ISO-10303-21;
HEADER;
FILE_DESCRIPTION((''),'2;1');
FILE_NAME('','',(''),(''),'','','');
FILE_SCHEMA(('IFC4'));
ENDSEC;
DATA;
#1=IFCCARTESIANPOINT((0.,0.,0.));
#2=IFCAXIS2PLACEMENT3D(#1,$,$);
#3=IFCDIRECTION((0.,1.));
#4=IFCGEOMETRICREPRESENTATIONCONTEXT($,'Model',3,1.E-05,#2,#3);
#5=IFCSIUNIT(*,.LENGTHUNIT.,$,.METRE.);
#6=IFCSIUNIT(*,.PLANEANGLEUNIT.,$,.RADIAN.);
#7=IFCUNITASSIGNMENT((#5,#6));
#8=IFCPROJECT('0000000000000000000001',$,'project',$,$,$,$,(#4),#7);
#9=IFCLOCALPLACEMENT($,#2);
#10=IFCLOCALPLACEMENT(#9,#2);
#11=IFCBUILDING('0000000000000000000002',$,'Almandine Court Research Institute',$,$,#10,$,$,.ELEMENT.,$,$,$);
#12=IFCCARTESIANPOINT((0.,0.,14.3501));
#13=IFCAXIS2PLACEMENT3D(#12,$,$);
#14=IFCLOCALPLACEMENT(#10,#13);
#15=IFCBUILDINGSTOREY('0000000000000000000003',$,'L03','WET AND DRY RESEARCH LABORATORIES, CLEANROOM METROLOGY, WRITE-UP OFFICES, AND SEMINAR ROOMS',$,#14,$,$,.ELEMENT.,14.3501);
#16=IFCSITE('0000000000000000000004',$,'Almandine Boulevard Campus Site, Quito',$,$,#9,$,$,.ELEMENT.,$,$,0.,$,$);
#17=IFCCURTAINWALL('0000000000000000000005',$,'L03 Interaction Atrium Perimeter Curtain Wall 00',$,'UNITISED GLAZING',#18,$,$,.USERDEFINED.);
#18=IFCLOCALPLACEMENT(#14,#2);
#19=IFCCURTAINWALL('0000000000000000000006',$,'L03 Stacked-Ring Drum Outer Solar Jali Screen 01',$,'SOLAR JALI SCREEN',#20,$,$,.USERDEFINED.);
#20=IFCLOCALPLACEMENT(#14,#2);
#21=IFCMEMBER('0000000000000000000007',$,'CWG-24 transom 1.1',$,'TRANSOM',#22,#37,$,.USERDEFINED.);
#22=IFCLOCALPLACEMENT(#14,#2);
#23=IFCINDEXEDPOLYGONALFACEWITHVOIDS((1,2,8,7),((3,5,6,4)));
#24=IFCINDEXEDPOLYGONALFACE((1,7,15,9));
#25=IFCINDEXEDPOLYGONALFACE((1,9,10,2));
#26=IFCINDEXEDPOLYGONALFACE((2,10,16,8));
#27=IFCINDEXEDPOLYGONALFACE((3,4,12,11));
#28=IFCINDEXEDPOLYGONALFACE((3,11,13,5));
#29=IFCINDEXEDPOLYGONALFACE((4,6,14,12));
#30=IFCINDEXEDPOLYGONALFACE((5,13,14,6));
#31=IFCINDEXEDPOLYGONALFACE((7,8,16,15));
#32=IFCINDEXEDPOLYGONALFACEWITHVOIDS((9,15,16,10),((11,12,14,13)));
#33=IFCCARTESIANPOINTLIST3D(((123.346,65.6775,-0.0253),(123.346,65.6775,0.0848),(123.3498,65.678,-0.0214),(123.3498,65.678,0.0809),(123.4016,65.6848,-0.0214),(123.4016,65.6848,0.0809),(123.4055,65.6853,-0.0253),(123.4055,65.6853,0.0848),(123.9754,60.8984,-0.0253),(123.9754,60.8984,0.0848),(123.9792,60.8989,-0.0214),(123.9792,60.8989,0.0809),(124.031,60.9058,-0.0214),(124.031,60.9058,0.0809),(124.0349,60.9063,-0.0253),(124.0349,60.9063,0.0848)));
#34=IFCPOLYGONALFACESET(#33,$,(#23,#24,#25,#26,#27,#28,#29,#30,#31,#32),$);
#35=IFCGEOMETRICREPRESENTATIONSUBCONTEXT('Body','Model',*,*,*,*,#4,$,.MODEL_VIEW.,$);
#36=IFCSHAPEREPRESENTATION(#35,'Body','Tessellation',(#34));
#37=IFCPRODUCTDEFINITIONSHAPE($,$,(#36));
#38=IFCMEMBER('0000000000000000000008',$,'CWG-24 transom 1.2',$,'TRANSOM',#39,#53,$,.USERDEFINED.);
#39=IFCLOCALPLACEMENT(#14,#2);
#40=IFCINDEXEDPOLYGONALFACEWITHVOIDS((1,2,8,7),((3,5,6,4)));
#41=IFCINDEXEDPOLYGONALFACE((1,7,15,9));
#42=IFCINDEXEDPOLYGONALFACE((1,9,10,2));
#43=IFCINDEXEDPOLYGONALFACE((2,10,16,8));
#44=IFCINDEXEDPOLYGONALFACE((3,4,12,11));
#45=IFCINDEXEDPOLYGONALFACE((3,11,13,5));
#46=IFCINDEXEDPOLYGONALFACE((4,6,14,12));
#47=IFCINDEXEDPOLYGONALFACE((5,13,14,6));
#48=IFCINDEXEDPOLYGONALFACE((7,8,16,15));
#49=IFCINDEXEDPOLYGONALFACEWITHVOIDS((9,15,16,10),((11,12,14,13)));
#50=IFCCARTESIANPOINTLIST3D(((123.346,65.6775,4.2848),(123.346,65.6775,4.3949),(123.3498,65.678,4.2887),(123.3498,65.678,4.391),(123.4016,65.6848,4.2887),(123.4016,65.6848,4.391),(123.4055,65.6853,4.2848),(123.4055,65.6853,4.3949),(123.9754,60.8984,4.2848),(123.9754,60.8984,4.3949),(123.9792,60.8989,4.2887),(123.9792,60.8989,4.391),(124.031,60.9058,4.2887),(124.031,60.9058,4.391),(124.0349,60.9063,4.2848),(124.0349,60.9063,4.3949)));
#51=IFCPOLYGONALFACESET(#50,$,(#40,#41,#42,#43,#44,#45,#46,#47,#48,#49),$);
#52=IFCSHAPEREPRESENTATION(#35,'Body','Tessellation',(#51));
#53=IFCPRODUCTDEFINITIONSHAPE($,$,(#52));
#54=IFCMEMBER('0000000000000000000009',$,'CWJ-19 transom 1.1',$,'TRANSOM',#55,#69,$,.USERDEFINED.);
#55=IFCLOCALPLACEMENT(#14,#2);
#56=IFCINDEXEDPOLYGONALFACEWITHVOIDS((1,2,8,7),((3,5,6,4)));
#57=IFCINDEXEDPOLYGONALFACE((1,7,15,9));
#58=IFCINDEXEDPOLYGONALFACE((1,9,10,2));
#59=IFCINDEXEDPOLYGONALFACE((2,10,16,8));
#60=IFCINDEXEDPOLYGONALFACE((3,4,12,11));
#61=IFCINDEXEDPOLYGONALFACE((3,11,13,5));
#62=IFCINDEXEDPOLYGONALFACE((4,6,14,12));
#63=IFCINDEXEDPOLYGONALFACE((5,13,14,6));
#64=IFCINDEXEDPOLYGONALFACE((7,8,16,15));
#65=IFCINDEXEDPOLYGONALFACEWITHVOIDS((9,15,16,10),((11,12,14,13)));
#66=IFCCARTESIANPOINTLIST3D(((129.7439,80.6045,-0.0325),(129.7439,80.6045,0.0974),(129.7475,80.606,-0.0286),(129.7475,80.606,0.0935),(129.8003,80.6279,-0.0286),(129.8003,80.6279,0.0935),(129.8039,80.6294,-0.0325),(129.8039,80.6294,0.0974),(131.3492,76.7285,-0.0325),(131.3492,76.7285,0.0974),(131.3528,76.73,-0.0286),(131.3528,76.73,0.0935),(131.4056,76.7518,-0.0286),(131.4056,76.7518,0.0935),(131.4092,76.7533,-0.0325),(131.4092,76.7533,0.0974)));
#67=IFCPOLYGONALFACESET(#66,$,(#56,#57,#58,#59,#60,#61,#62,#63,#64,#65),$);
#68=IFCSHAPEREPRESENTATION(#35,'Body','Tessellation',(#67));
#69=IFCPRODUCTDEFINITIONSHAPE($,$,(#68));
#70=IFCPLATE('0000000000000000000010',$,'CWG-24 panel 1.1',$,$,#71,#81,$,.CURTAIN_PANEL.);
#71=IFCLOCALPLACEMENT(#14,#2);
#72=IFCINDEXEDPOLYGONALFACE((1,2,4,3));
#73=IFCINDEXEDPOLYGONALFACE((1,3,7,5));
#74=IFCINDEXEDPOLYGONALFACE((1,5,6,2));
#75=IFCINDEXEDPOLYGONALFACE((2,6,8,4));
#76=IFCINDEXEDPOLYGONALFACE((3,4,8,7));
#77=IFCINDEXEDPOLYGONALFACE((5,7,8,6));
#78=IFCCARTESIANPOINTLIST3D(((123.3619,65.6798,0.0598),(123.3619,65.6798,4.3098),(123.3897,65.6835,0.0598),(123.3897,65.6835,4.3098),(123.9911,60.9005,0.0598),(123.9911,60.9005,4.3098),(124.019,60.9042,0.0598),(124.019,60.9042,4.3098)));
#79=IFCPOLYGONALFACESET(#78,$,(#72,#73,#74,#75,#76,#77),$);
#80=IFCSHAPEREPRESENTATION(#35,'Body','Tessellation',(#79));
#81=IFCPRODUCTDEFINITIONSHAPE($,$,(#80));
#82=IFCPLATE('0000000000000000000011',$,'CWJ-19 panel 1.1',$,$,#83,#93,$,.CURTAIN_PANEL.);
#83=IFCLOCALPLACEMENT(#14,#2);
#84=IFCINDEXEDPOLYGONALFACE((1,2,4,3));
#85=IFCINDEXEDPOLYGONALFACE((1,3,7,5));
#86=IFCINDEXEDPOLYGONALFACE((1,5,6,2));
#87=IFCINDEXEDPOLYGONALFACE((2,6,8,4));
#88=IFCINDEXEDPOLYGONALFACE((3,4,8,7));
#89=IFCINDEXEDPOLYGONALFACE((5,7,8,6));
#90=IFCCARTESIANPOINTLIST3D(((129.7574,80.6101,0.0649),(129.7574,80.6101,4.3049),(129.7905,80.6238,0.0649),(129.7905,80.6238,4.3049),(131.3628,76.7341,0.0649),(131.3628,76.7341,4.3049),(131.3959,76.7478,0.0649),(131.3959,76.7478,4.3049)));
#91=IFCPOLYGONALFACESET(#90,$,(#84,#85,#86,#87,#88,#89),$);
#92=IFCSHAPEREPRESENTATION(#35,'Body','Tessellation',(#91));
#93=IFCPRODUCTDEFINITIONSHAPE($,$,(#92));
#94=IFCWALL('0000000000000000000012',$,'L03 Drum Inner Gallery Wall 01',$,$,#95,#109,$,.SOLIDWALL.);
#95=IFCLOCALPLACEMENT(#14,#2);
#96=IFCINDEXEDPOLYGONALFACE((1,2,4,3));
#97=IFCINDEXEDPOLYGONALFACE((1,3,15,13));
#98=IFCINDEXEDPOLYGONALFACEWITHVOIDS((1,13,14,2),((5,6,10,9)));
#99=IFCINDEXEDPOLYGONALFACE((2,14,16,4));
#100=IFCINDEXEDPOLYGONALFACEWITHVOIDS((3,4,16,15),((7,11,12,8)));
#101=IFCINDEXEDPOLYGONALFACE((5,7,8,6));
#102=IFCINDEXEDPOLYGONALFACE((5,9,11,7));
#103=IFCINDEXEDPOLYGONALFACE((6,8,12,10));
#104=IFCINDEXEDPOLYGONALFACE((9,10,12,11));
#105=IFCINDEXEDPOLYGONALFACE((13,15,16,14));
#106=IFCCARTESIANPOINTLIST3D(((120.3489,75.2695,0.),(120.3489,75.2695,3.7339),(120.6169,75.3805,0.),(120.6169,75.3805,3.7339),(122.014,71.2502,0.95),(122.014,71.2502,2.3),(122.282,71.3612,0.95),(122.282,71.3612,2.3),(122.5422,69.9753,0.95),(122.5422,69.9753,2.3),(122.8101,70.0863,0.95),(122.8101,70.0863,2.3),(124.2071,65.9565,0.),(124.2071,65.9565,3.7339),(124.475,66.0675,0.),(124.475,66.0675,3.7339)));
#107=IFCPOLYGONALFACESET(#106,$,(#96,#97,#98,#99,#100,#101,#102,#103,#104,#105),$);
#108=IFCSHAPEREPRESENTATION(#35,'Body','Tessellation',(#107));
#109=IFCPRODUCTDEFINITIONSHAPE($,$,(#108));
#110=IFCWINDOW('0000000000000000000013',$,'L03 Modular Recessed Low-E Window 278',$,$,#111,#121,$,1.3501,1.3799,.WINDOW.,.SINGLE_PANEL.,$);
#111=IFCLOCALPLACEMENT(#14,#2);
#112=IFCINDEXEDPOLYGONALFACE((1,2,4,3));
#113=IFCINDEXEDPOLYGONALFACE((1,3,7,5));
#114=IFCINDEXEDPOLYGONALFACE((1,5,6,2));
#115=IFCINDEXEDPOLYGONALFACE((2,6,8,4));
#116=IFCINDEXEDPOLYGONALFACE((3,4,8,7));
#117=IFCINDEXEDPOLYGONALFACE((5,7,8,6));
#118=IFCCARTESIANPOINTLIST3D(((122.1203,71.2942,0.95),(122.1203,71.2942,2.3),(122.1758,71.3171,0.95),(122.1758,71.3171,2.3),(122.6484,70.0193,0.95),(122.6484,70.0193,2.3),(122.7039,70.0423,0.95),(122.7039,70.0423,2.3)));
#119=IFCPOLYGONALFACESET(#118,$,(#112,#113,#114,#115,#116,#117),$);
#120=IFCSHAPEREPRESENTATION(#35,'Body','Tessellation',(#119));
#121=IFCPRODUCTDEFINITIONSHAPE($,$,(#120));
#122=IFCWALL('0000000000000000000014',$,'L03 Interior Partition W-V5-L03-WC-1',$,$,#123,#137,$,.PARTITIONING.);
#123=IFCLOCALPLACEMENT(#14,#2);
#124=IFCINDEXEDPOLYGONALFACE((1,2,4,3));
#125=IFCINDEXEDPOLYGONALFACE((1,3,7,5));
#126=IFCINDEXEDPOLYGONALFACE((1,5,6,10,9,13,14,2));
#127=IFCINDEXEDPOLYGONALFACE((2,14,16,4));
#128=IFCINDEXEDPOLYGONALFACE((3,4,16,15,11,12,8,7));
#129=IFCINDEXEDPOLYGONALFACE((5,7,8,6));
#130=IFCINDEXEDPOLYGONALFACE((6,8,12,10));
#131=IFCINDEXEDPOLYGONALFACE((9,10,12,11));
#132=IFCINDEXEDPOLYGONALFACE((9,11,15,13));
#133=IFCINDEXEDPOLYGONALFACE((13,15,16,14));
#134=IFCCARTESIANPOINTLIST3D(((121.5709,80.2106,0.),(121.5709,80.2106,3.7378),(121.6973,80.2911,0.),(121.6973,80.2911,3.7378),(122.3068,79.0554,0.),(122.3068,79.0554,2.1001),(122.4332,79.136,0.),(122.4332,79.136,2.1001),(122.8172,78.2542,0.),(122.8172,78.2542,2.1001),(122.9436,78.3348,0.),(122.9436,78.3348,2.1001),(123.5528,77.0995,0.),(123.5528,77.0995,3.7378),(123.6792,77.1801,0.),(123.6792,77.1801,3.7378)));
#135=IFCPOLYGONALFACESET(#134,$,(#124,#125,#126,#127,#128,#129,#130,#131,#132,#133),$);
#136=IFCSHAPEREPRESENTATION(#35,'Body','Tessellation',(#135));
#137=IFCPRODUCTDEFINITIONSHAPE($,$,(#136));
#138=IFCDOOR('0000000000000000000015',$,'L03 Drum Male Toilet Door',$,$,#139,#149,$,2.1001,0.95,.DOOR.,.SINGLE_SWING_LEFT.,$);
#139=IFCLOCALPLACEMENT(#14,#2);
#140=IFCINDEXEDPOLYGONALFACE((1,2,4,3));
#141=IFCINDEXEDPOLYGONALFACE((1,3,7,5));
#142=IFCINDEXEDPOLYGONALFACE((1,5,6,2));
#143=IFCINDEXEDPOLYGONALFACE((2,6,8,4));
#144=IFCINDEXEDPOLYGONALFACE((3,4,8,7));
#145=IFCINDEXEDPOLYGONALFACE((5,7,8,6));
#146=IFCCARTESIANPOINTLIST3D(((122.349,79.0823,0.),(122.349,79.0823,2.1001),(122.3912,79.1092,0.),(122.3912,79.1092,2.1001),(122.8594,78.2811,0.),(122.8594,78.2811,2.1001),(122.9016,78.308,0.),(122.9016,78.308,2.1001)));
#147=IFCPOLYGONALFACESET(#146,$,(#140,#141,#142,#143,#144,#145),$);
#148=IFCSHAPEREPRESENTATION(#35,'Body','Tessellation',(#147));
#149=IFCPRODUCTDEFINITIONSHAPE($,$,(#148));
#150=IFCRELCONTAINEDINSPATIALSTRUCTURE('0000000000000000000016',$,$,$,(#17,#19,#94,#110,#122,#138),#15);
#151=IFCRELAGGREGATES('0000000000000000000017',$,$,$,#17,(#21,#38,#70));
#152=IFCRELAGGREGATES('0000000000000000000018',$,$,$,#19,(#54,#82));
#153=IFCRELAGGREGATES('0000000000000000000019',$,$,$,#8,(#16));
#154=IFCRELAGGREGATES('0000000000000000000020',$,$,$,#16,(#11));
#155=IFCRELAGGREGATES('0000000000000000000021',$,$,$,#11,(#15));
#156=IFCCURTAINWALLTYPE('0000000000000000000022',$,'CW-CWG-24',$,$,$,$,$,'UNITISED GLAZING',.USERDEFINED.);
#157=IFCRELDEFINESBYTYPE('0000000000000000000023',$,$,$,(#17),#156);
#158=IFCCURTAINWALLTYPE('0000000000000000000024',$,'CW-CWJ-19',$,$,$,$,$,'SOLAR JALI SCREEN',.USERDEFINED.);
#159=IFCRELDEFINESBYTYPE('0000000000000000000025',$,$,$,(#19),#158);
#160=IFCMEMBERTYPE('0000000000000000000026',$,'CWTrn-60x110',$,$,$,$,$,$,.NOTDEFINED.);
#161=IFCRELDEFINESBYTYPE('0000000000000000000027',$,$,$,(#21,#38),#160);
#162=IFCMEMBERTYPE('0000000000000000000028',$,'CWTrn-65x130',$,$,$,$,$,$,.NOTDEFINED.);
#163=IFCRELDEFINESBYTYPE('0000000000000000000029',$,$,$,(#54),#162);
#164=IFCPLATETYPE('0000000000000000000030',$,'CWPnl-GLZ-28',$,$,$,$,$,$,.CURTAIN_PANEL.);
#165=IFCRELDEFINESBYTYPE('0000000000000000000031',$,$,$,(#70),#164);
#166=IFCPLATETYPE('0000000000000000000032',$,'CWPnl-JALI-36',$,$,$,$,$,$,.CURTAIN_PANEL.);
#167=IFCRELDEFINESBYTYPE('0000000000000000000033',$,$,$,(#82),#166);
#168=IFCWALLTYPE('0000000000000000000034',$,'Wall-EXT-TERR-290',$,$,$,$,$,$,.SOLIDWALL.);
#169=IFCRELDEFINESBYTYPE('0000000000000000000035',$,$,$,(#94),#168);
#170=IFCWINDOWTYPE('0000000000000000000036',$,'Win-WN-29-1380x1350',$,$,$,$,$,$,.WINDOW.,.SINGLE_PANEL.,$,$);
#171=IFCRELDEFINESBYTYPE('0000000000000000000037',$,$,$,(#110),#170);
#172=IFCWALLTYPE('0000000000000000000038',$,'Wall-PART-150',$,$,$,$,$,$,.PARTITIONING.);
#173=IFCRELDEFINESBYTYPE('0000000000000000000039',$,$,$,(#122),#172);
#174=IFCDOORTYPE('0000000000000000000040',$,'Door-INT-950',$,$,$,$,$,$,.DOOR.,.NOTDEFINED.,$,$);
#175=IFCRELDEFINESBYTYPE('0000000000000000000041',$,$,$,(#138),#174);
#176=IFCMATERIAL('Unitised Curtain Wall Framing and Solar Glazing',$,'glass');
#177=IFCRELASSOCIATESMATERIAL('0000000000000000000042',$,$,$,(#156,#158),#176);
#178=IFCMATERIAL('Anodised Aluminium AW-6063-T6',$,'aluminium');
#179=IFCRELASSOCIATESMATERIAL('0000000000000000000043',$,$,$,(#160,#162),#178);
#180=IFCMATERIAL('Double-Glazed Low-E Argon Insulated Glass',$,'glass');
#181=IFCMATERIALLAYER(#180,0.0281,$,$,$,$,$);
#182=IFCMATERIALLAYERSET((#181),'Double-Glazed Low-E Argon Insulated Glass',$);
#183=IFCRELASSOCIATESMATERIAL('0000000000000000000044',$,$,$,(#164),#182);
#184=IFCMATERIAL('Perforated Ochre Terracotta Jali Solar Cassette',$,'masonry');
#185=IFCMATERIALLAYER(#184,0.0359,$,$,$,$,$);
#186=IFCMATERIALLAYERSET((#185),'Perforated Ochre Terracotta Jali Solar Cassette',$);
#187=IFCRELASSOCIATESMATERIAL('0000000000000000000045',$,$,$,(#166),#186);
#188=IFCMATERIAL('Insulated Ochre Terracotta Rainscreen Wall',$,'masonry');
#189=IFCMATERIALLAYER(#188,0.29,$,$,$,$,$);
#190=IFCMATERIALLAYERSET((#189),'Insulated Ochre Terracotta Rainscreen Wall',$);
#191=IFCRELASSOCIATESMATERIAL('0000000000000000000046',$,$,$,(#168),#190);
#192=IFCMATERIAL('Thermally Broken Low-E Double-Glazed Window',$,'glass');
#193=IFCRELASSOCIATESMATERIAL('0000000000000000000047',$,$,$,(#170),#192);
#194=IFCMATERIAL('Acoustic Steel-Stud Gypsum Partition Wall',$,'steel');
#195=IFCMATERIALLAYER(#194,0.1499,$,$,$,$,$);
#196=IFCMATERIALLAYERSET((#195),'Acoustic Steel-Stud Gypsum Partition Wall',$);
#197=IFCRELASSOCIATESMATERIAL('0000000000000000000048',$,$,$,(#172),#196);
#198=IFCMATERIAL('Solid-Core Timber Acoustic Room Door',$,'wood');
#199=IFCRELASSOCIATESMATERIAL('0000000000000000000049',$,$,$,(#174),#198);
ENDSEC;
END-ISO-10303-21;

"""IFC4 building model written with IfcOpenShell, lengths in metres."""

from ifc_helpers import new_model, si_unit, direction, frame, frame_2d, origin, origin_2d, place, context, subcontext, project, spatial, rectangle, hollow_rectangle, extrude, material, layer, layer_set, material_profile, profile_set, type_object, element, fill, aggregate, save


model = new_model("IFC4")

# Units and contexts
model_context = context("Model", 3, precision=1e-05, world=origin(), true_north=direction((0.0, 1.0)))
body_context = subcontext(model_context, "Body", "Model", "MODEL_VIEW")
ifc_project = project(units=[si_unit("LENGTHUNIT", "METRE"), si_unit("PLANEANGLEUNIT", "RADIAN")], contexts=[model_context])

# Site, building, storey
site_placement = place(None, origin())
site = spatial("IfcSite", under=ifc_project, at=site_placement, Name="Almandine Boulevard Campus Site, Quito", CompositionType="ELEMENT", RefElevation=0.0)
building_placement = place(site_placement, origin())
building = spatial("IfcBuilding", under=site, at=building_placement, Name="Almandine Court Research Institute", CompositionType="ELEMENT")
storey_placement = place(building_placement, frame((0.0, 0.0, 14.3501)))
storey = spatial("IfcBuildingStorey", under=building, at=storey_placement, Name="L03", Description="WET AND DRY RESEARCH LABORATORIES, CLEANROOM METROLOGY, WRITE-UP OFFICES, AND SEMINAR ROOMS", CompositionType="ELEMENT", Elevation=14.3501)

# Curtain walls
ifc_material_1 = material(Name="Unitised Curtain Wall Framing and Solar Glazing", Category="glass")
curtain_wall_type_1 = type_object("IfcCurtainWallType", Name="CW-CWG-24", ElementType="UNITISED GLAZING", PredefinedType="USERDEFINED", material=ifc_material_1)
curtain_wall_1_placement = place(storey_placement, origin())
curtain_wall_1 = element("IfcCurtainWall", 1, at=curtain_wall_1_placement, inside=storey, type_object=curtain_wall_type_1, Name="L03 Interaction Atrium Perimeter Curtain Wall 00", ObjectType="UNITISED GLAZING", PredefinedType="USERDEFINED")
ifc_material_2 = material(Name="Anodised Aluminium AW-6063-T6", Category="aluminium")
curtain_wall_type_2 = type_object("IfcCurtainWallType", Name="CW-CWJ-19", ElementType="SOLAR JALI SCREEN", PredefinedType="USERDEFINED", material=ifc_material_1)
curtain_wall_2_placement = place(storey_placement, origin())
curtain_wall_2 = element("IfcCurtainWall", 2, at=curtain_wall_2_placement, inside=storey, type_object=curtain_wall_type_2, Name="L03 Stacked-Ring Drum Outer Solar Jali Screen 01", ObjectType="SOLAR JALI SCREEN", PredefinedType="USERDEFINED")

# Members
ifc_material_profile_1 = material_profile(ifc_material_2, hollow_rectangle(XDim=0.0601, YDim=0.1101, WallThickness=0.0039, at=origin_2d()), Name="ALU RHS 60x110x4")
ifc_profile_set_1 = profile_set([ifc_material_profile_1], Name="Anodised Aluminium AW-6063-T6")
member_type_1 = type_object("IfcMemberType", Name="CWTrn-60x110", PredefinedType="NOTDEFINED", material=ifc_profile_set_1)
member_1_placement = place(storey_placement, frame((123.3757, 65.6814, 0.0298), z_axis=(0.130571, -0.991439, 0.0), x_axis=(0.991439, 0.130571, 0.0)))
member_1 = element("IfcMember", 3, at=member_1_placement, type_object=member_type_1, Name="CWG-24 transom 1.1", ObjectType="TRANSOM", PredefinedType="USERDEFINED", context=body_context, shape_type="SweptSolid", body=[
    extrude(hollow_rectangle(XDim=0.0601, YDim=0.1101, WallThickness=0.0039, at=origin_2d()), origin(), (0.0, 0.0, 1.0), 4.8203),
])
member_2_placement = place(storey_placement, frame((123.3757, 65.6814, 4.3398), z_axis=(0.130571, -0.991439, 0.0), x_axis=(0.991439, 0.130571, 0.0)))
member_2 = element("IfcMember", 4, at=member_2_placement, type_object=member_type_1, Name="CWG-24 transom 1.2", ObjectType="TRANSOM", PredefinedType="USERDEFINED", context=body_context, shape_type="SweptSolid", body=[
    extrude(hollow_rectangle(XDim=0.0601, YDim=0.1101, WallThickness=0.0039, at=origin_2d()), origin(), (0.0, 0.0, 1.0), 4.8203),
])
ifc_material_profile_2 = material_profile(ifc_material_2, hollow_rectangle(XDim=0.0649, YDim=0.1299, WallThickness=0.0039, at=origin_2d()), Name="ALU RHS 65x130x4")
ifc_profile_set_2 = profile_set([ifc_material_profile_2], Name="Anodised Aluminium AW-6063-T6")
member_type_2 = type_object("IfcMemberType", Name="CWTrn-65x130", PredefinedType="NOTDEFINED", material=ifc_profile_set_2)
member_3_placement = place(storey_placement, frame((129.7739, 80.6169, 0.0325), z_axis=(0.382631, -0.923901, 0.0), x_axis=(0.923901, 0.382631, 0.0)))
member_3 = element("IfcMember", 5, at=member_3_placement, type_object=member_type_2, Name="CWJ-19 transom 1.1", ObjectType="TRANSOM", PredefinedType="USERDEFINED", context=body_context, shape_type="SweptSolid", body=[
    extrude(hollow_rectangle(XDim=0.0649, YDim=0.1299, WallThickness=0.0039, at=origin_2d()), origin(), (0.0, 0.0, 1.0), 4.1953),
])

# Plates
ifc_material_3 = material(Name="Double-Glazed Low-E Argon Insulated Glass", Category="glass")
ifc_layer_1 = layer(ifc_material_3, 0.0281)
ifc_layer_set_1 = layer_set([ifc_layer_1], Name="Double-Glazed Low-E Argon Insulated Glass")
plate_type_1 = type_object("IfcPlateType", Name="CWPnl-GLZ-28", PredefinedType="CURTAIN_PANEL", material=ifc_layer_set_1)
plate_1_placement = place(storey_placement, frame((123.6904, 63.292, 0.0598), z_axis=(0.0, 0.0, 1.0), x_axis=(0.130536, -0.991444, 0.0)))
plate_1 = element("IfcPlate", 6, at=plate_1_placement, type_object=plate_type_1, Name="CWG-24 panel 1.1", PredefinedType="CURTAIN_PANEL", context=body_context, shape_type="SweptSolid", body=[
    extrude(rectangle(XDim=4.8206, YDim=0.0281, at=origin_2d()), origin(), (0.0, 0.0, 1.0), 4.25),
])
aggregate(curtain_wall_1, [member_1, member_2, plate_1])
ifc_material_4 = material(Name="Perforated Ochre Terracotta Jali Solar Cassette", Category="masonry")
ifc_layer_2 = layer(ifc_material_4, 0.0359)
ifc_layer_set_2 = layer_set([ifc_layer_2], Name="Perforated Ochre Terracotta Jali Solar Cassette")
plate_type_2 = type_object("IfcPlateType", Name="CWPnl-JALI-36", PredefinedType="CURTAIN_PANEL", material=ifc_layer_set_2)
plate_2_placement = place(storey_placement, frame((130.5767, 78.679, 0.0649), z_axis=(0.0, 0.0, 1.0), x_axis=(0.382663, -0.923888, 0.0)))
plate_2 = element("IfcPlate", 7, at=plate_2_placement, type_object=plate_type_2, Name="CWJ-19 panel 1.1", PredefinedType="CURTAIN_PANEL", context=body_context, shape_type="SweptSolid", body=[
    extrude(rectangle(XDim=4.1953, YDim=0.0359, at=origin_2d()), origin(), (0.0, 0.0, 1.0), 4.24),
])
aggregate(curtain_wall_2, [member_3, plate_2])

# Wall, opening, window
ifc_material_5 = material(Name="Insulated Ochre Terracotta Rainscreen Wall", Category="masonry")
ifc_layer_3 = layer(ifc_material_5, 0.29)
ifc_layer_set_3 = layer_set([ifc_layer_3], Name="Insulated Ochre Terracotta Rainscreen Wall")
wall_type_1 = type_object("IfcWallType", Name="Wall-EXT-TERR-290", PredefinedType="SOLIDWALL", material=ifc_layer_set_3)
wall_1_placement = place(storey_placement, frame((124.3411, 66.012, 0.0), z_axis=(0.0, 0.0, 1.0), x_axis=(-0.382733, 0.923859, 0.0)))
wall_1 = element("IfcWall", 8, at=wall_1_placement, inside=storey, type_object=wall_type_1, Name="L03 Drum Inner Gallery Wall 01", PredefinedType="SOLIDWALL", context=body_context, shape_type="SweptSolid", body=[
    extrude(rectangle(XDim=10.0806, YDim=0.29, at=frame_2d((5.0403, 0.0))), origin(), (0.0, 0.0, 1.0), 3.7339),
])
opening_1_placement = place(wall_1_placement, frame((4.3501, 0.0, 0.95)))
opening_1 = element("IfcOpeningElement", 9, at=opening_1_placement, cuts=wall_1, PredefinedType="OPENING", context=body_context, shape_type="SweptSolid", body=[
    extrude(rectangle(XDim=1.3799, YDim=1.3501, at=frame_2d((0.6899, 0.675))), frame((0.0, 0.155, 0.0), z_axis=(0.0, -1.0, 0.0), x_axis=(1.0, 0.0, 0.0)), (0.0, 0.0, 1.0), 0.3101),
])
ifc_material_6 = material(Name="Thermally Broken Low-E Double-Glazed Window", Category="glass")
window_type = type_object("IfcWindowType", Name="Win-WN-29-1380x1350", PartitioningType="SINGLE_PANEL", PredefinedType="WINDOW", material=ifc_material_6)
window_placement = place(opening_1_placement, origin())
window = element("IfcWindow", 10, at=window_placement, inside=storey, type_object=window_type, Name="L03 Modular Recessed Low-E Window 278", OverallHeight=1.3501, OverallWidth=1.3799, PartitioningType="SINGLE_PANEL", PredefinedType="WINDOW", context=body_context, shape_type="SweptSolid", body=[
    extrude(rectangle(XDim=1.3799, YDim=1.3501, at=frame_2d((0.6899, 0.675))), frame((0.0, 0.03, 0.0), z_axis=(0.0, -1.0, 0.0), x_axis=(1.0, 0.0, 0.0)), (0.0, 0.0, 1.0), 0.0601),
])
fill(opening_1, window)

# Wall, opening, door
ifc_material_7 = material(Name="Acoustic Steel-Stud Gypsum Partition Wall", Category="steel")
ifc_layer_4 = layer(ifc_material_7, 0.1499)
ifc_layer_set_4 = layer_set([ifc_layer_4], Name="Acoustic Steel-Stud Gypsum Partition Wall")
wall_type_2 = type_object("IfcWallType", Name="Wall-PART-150", PredefinedType="PARTITIONING", material=ifc_layer_set_4)
wall_2_placement = place(storey_placement, frame((123.616, 77.1399, 0.0), z_axis=(0.0, 0.0, 1.0), x_axis=(-0.537291, 0.843397, 0.0)))
wall_2 = element("IfcWall", 11, at=wall_2_placement, inside=storey, type_object=wall_type_2, Name="L03 Interior Partition W-V5-L03-WC-1", PredefinedType="PARTITIONING", context=body_context, shape_type="SweptSolid", body=[
    extrude(rectangle(XDim=3.6887, YDim=0.1499, at=frame_2d((1.8442, 0.0))), origin(), (0.0, 0.0, 1.0), 3.7378),
])
opening_2_placement = place(wall_2_placement, frame((1.3689, 0.0, 0.0)))
opening_2 = element("IfcOpeningElement", 12, at=opening_2_placement, cuts=wall_2, PredefinedType="OPENING", context=body_context, shape_type="SweptSolid", body=[
    extrude(rectangle(XDim=0.95, YDim=2.1001, at=frame_2d((0.4751, 1.05))), frame((0.0, 0.085, 0.0), z_axis=(0.0, -1.0, 0.0), x_axis=(1.0, 0.0, 0.0)), (0.0, 0.0, 1.0), 0.1699),
])
ifc_material_8 = material(Name="Solid-Core Timber Acoustic Room Door", Category="wood")
door_type_1 = type_object("IfcDoorType", Name="Door-INT-950", OperationType="NOTDEFINED", PredefinedType="DOOR", material=ifc_material_8)
door_1_placement = place(opening_2_placement, origin())
door_1 = element("IfcDoor", 13, at=door_1_placement, inside=storey, type_object=door_type_1, Name="L03 Drum Male Toilet Door", OperationType="SINGLE_SWING_LEFT", OverallHeight=2.1001, OverallWidth=0.95, PredefinedType="DOOR", context=body_context, shape_type="SweptSolid", body=[
    extrude(rectangle(XDim=0.95, YDim=2.1001, at=frame_2d((0.4751, 1.05))), frame((0.0, 0.0249, 0.0), z_axis=(0.0, -1.0, 0.0), x_axis=(1.0, 0.0, 0.0)), (0.0, 0.0, 1.0), 0.05),
])
fill(opening_2, door_1)

save(model, "model.ifc")
